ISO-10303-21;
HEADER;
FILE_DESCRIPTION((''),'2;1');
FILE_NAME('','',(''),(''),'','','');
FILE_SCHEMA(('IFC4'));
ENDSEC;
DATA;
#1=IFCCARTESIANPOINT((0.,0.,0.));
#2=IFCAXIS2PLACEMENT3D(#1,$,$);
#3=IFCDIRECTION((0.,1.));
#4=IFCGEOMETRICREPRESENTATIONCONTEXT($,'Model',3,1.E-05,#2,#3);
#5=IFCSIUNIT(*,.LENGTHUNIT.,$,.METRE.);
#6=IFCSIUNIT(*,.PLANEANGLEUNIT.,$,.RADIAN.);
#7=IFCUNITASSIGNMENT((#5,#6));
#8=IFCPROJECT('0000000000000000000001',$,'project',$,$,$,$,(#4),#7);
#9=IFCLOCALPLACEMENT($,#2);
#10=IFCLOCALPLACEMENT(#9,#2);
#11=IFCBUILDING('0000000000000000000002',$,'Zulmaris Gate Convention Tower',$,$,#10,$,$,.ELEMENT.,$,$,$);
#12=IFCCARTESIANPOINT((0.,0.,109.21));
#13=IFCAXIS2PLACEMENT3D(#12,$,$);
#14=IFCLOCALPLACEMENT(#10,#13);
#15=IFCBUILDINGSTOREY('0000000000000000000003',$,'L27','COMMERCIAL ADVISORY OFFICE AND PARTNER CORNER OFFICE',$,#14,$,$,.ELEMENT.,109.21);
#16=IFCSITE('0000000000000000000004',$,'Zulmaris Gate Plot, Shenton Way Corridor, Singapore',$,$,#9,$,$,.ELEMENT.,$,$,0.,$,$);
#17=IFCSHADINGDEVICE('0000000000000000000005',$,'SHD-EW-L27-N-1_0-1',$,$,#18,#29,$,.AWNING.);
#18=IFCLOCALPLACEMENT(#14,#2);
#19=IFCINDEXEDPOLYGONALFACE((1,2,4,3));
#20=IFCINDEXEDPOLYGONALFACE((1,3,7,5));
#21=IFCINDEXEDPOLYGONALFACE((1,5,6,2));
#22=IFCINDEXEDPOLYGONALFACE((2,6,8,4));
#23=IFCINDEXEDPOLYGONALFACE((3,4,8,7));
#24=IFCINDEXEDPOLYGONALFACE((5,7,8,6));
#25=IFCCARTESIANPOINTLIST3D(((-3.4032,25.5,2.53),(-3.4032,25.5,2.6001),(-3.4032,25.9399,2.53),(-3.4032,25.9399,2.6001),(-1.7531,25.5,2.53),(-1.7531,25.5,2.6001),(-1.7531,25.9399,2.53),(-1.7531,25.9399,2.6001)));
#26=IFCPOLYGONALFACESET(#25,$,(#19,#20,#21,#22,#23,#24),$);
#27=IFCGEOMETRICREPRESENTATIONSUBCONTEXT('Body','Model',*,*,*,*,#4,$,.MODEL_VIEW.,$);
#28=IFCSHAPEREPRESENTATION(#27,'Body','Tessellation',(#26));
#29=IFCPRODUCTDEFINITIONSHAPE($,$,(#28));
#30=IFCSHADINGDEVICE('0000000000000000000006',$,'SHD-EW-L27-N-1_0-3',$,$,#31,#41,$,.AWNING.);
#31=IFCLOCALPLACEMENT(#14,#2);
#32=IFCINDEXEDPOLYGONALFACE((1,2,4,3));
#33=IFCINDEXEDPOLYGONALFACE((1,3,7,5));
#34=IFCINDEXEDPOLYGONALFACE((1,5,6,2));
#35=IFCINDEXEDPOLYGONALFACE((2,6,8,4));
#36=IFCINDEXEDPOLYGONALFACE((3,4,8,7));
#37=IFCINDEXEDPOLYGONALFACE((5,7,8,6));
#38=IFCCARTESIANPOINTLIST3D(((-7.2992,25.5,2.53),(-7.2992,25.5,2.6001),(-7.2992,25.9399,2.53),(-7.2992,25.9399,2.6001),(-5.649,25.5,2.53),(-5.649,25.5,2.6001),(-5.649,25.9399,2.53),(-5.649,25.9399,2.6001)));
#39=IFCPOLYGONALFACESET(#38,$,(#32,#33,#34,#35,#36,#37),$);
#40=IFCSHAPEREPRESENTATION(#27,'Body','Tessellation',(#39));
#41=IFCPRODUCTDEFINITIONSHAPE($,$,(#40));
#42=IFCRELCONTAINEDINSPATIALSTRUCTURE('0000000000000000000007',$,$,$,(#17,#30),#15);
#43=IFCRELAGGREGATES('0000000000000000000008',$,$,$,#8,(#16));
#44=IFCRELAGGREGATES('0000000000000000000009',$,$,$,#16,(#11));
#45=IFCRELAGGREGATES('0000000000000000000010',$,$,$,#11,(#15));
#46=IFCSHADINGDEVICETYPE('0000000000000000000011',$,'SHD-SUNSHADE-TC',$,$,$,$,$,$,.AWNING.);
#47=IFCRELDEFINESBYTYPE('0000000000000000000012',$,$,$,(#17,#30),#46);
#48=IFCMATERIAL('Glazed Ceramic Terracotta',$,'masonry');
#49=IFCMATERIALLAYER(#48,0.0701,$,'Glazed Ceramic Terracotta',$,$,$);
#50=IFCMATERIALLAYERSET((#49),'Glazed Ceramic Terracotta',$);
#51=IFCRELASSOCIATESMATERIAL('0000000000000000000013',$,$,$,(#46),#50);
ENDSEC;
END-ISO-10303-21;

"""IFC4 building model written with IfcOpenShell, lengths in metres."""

from ifc_helpers import new_model, si_unit, direction, frame, frame_2d, origin, place, context, subcontext, project, spatial, rectangle, extrude, material, layer, layer_set, type_object, element, save


model = new_model("IFC4")

# Units and contexts
model_context = context("Model", 3, precision=1e-05, world=origin(), true_north=direction((0.0, 1.0)))
body_context = subcontext(model_context, "Body", "Model", "MODEL_VIEW")
ifc_project = project(units=[si_unit("LENGTHUNIT", "METRE"), si_unit("PLANEANGLEUNIT", "RADIAN")], contexts=[model_context])

# Site, building, storey
site_placement = place(None, origin())
site = spatial("IfcSite", under=ifc_project, at=site_placement, Name="Zulmaris Gate Plot, Shenton Way Corridor, Singapore", CompositionType="ELEMENT", RefElevation=0.0)
building_placement = place(site_placement, origin())
building = spatial("IfcBuilding", under=site, at=building_placement, Name="Zulmaris Gate Convention Tower", CompositionType="ELEMENT")
storey_placement = place(building_placement, frame((0.0, 0.0, 109.21)))
storey = spatial("IfcBuildingStorey", under=building, at=storey_placement, Name="L27", Description="COMMERCIAL ADVISORY OFFICE AND PARTNER CORNER OFFICE", CompositionType="ELEMENT", Elevation=109.21)

# Shading devices
ifc_material_1 = material(Name="Glazed Ceramic Terracotta", Category="masonry")
ifc_layer_1 = layer(ifc_material_1, 0.0701, Name="Glazed Ceramic Terracotta")
ifc_layer_set_1 = layer_set([ifc_layer_1], Name="Glazed Ceramic Terracotta")
shading_device_type = type_object("IfcShadingDeviceType", Name="SHD-SUNSHADE-TC", PredefinedType="AWNING", material=ifc_layer_set_1)
for number, where, z_axis, x_axis, name in (
    (1, (-1.7529, 25.72, 2.53), (0.0, 0.0, 1.0), (-1.0, 0.0, 0.0), "SHD-EW-L27-N-1_0-1"),
    (2, (-5.6489, 25.72, 2.53), (0.0, 0.0, 1.0), (-1.0, 0.0, 0.0), "SHD-EW-L27-N-1_0-3"),
):
    element("IfcShadingDevice", number, at=place(storey_placement, frame(where, z_axis=z_axis, x_axis=x_axis)), inside=storey, type_object=shading_device_type, Name=name, PredefinedType="AWNING", context=body_context, shape_type="SweptSolid", body=[
        extrude(rectangle(XDim=1.6501, YDim=0.4399, at=frame_2d((0.8252, 0.0))), origin(), (0.0, 0.0, 1.0), 0.0701),
    ])

save(model, "model.ifc")
